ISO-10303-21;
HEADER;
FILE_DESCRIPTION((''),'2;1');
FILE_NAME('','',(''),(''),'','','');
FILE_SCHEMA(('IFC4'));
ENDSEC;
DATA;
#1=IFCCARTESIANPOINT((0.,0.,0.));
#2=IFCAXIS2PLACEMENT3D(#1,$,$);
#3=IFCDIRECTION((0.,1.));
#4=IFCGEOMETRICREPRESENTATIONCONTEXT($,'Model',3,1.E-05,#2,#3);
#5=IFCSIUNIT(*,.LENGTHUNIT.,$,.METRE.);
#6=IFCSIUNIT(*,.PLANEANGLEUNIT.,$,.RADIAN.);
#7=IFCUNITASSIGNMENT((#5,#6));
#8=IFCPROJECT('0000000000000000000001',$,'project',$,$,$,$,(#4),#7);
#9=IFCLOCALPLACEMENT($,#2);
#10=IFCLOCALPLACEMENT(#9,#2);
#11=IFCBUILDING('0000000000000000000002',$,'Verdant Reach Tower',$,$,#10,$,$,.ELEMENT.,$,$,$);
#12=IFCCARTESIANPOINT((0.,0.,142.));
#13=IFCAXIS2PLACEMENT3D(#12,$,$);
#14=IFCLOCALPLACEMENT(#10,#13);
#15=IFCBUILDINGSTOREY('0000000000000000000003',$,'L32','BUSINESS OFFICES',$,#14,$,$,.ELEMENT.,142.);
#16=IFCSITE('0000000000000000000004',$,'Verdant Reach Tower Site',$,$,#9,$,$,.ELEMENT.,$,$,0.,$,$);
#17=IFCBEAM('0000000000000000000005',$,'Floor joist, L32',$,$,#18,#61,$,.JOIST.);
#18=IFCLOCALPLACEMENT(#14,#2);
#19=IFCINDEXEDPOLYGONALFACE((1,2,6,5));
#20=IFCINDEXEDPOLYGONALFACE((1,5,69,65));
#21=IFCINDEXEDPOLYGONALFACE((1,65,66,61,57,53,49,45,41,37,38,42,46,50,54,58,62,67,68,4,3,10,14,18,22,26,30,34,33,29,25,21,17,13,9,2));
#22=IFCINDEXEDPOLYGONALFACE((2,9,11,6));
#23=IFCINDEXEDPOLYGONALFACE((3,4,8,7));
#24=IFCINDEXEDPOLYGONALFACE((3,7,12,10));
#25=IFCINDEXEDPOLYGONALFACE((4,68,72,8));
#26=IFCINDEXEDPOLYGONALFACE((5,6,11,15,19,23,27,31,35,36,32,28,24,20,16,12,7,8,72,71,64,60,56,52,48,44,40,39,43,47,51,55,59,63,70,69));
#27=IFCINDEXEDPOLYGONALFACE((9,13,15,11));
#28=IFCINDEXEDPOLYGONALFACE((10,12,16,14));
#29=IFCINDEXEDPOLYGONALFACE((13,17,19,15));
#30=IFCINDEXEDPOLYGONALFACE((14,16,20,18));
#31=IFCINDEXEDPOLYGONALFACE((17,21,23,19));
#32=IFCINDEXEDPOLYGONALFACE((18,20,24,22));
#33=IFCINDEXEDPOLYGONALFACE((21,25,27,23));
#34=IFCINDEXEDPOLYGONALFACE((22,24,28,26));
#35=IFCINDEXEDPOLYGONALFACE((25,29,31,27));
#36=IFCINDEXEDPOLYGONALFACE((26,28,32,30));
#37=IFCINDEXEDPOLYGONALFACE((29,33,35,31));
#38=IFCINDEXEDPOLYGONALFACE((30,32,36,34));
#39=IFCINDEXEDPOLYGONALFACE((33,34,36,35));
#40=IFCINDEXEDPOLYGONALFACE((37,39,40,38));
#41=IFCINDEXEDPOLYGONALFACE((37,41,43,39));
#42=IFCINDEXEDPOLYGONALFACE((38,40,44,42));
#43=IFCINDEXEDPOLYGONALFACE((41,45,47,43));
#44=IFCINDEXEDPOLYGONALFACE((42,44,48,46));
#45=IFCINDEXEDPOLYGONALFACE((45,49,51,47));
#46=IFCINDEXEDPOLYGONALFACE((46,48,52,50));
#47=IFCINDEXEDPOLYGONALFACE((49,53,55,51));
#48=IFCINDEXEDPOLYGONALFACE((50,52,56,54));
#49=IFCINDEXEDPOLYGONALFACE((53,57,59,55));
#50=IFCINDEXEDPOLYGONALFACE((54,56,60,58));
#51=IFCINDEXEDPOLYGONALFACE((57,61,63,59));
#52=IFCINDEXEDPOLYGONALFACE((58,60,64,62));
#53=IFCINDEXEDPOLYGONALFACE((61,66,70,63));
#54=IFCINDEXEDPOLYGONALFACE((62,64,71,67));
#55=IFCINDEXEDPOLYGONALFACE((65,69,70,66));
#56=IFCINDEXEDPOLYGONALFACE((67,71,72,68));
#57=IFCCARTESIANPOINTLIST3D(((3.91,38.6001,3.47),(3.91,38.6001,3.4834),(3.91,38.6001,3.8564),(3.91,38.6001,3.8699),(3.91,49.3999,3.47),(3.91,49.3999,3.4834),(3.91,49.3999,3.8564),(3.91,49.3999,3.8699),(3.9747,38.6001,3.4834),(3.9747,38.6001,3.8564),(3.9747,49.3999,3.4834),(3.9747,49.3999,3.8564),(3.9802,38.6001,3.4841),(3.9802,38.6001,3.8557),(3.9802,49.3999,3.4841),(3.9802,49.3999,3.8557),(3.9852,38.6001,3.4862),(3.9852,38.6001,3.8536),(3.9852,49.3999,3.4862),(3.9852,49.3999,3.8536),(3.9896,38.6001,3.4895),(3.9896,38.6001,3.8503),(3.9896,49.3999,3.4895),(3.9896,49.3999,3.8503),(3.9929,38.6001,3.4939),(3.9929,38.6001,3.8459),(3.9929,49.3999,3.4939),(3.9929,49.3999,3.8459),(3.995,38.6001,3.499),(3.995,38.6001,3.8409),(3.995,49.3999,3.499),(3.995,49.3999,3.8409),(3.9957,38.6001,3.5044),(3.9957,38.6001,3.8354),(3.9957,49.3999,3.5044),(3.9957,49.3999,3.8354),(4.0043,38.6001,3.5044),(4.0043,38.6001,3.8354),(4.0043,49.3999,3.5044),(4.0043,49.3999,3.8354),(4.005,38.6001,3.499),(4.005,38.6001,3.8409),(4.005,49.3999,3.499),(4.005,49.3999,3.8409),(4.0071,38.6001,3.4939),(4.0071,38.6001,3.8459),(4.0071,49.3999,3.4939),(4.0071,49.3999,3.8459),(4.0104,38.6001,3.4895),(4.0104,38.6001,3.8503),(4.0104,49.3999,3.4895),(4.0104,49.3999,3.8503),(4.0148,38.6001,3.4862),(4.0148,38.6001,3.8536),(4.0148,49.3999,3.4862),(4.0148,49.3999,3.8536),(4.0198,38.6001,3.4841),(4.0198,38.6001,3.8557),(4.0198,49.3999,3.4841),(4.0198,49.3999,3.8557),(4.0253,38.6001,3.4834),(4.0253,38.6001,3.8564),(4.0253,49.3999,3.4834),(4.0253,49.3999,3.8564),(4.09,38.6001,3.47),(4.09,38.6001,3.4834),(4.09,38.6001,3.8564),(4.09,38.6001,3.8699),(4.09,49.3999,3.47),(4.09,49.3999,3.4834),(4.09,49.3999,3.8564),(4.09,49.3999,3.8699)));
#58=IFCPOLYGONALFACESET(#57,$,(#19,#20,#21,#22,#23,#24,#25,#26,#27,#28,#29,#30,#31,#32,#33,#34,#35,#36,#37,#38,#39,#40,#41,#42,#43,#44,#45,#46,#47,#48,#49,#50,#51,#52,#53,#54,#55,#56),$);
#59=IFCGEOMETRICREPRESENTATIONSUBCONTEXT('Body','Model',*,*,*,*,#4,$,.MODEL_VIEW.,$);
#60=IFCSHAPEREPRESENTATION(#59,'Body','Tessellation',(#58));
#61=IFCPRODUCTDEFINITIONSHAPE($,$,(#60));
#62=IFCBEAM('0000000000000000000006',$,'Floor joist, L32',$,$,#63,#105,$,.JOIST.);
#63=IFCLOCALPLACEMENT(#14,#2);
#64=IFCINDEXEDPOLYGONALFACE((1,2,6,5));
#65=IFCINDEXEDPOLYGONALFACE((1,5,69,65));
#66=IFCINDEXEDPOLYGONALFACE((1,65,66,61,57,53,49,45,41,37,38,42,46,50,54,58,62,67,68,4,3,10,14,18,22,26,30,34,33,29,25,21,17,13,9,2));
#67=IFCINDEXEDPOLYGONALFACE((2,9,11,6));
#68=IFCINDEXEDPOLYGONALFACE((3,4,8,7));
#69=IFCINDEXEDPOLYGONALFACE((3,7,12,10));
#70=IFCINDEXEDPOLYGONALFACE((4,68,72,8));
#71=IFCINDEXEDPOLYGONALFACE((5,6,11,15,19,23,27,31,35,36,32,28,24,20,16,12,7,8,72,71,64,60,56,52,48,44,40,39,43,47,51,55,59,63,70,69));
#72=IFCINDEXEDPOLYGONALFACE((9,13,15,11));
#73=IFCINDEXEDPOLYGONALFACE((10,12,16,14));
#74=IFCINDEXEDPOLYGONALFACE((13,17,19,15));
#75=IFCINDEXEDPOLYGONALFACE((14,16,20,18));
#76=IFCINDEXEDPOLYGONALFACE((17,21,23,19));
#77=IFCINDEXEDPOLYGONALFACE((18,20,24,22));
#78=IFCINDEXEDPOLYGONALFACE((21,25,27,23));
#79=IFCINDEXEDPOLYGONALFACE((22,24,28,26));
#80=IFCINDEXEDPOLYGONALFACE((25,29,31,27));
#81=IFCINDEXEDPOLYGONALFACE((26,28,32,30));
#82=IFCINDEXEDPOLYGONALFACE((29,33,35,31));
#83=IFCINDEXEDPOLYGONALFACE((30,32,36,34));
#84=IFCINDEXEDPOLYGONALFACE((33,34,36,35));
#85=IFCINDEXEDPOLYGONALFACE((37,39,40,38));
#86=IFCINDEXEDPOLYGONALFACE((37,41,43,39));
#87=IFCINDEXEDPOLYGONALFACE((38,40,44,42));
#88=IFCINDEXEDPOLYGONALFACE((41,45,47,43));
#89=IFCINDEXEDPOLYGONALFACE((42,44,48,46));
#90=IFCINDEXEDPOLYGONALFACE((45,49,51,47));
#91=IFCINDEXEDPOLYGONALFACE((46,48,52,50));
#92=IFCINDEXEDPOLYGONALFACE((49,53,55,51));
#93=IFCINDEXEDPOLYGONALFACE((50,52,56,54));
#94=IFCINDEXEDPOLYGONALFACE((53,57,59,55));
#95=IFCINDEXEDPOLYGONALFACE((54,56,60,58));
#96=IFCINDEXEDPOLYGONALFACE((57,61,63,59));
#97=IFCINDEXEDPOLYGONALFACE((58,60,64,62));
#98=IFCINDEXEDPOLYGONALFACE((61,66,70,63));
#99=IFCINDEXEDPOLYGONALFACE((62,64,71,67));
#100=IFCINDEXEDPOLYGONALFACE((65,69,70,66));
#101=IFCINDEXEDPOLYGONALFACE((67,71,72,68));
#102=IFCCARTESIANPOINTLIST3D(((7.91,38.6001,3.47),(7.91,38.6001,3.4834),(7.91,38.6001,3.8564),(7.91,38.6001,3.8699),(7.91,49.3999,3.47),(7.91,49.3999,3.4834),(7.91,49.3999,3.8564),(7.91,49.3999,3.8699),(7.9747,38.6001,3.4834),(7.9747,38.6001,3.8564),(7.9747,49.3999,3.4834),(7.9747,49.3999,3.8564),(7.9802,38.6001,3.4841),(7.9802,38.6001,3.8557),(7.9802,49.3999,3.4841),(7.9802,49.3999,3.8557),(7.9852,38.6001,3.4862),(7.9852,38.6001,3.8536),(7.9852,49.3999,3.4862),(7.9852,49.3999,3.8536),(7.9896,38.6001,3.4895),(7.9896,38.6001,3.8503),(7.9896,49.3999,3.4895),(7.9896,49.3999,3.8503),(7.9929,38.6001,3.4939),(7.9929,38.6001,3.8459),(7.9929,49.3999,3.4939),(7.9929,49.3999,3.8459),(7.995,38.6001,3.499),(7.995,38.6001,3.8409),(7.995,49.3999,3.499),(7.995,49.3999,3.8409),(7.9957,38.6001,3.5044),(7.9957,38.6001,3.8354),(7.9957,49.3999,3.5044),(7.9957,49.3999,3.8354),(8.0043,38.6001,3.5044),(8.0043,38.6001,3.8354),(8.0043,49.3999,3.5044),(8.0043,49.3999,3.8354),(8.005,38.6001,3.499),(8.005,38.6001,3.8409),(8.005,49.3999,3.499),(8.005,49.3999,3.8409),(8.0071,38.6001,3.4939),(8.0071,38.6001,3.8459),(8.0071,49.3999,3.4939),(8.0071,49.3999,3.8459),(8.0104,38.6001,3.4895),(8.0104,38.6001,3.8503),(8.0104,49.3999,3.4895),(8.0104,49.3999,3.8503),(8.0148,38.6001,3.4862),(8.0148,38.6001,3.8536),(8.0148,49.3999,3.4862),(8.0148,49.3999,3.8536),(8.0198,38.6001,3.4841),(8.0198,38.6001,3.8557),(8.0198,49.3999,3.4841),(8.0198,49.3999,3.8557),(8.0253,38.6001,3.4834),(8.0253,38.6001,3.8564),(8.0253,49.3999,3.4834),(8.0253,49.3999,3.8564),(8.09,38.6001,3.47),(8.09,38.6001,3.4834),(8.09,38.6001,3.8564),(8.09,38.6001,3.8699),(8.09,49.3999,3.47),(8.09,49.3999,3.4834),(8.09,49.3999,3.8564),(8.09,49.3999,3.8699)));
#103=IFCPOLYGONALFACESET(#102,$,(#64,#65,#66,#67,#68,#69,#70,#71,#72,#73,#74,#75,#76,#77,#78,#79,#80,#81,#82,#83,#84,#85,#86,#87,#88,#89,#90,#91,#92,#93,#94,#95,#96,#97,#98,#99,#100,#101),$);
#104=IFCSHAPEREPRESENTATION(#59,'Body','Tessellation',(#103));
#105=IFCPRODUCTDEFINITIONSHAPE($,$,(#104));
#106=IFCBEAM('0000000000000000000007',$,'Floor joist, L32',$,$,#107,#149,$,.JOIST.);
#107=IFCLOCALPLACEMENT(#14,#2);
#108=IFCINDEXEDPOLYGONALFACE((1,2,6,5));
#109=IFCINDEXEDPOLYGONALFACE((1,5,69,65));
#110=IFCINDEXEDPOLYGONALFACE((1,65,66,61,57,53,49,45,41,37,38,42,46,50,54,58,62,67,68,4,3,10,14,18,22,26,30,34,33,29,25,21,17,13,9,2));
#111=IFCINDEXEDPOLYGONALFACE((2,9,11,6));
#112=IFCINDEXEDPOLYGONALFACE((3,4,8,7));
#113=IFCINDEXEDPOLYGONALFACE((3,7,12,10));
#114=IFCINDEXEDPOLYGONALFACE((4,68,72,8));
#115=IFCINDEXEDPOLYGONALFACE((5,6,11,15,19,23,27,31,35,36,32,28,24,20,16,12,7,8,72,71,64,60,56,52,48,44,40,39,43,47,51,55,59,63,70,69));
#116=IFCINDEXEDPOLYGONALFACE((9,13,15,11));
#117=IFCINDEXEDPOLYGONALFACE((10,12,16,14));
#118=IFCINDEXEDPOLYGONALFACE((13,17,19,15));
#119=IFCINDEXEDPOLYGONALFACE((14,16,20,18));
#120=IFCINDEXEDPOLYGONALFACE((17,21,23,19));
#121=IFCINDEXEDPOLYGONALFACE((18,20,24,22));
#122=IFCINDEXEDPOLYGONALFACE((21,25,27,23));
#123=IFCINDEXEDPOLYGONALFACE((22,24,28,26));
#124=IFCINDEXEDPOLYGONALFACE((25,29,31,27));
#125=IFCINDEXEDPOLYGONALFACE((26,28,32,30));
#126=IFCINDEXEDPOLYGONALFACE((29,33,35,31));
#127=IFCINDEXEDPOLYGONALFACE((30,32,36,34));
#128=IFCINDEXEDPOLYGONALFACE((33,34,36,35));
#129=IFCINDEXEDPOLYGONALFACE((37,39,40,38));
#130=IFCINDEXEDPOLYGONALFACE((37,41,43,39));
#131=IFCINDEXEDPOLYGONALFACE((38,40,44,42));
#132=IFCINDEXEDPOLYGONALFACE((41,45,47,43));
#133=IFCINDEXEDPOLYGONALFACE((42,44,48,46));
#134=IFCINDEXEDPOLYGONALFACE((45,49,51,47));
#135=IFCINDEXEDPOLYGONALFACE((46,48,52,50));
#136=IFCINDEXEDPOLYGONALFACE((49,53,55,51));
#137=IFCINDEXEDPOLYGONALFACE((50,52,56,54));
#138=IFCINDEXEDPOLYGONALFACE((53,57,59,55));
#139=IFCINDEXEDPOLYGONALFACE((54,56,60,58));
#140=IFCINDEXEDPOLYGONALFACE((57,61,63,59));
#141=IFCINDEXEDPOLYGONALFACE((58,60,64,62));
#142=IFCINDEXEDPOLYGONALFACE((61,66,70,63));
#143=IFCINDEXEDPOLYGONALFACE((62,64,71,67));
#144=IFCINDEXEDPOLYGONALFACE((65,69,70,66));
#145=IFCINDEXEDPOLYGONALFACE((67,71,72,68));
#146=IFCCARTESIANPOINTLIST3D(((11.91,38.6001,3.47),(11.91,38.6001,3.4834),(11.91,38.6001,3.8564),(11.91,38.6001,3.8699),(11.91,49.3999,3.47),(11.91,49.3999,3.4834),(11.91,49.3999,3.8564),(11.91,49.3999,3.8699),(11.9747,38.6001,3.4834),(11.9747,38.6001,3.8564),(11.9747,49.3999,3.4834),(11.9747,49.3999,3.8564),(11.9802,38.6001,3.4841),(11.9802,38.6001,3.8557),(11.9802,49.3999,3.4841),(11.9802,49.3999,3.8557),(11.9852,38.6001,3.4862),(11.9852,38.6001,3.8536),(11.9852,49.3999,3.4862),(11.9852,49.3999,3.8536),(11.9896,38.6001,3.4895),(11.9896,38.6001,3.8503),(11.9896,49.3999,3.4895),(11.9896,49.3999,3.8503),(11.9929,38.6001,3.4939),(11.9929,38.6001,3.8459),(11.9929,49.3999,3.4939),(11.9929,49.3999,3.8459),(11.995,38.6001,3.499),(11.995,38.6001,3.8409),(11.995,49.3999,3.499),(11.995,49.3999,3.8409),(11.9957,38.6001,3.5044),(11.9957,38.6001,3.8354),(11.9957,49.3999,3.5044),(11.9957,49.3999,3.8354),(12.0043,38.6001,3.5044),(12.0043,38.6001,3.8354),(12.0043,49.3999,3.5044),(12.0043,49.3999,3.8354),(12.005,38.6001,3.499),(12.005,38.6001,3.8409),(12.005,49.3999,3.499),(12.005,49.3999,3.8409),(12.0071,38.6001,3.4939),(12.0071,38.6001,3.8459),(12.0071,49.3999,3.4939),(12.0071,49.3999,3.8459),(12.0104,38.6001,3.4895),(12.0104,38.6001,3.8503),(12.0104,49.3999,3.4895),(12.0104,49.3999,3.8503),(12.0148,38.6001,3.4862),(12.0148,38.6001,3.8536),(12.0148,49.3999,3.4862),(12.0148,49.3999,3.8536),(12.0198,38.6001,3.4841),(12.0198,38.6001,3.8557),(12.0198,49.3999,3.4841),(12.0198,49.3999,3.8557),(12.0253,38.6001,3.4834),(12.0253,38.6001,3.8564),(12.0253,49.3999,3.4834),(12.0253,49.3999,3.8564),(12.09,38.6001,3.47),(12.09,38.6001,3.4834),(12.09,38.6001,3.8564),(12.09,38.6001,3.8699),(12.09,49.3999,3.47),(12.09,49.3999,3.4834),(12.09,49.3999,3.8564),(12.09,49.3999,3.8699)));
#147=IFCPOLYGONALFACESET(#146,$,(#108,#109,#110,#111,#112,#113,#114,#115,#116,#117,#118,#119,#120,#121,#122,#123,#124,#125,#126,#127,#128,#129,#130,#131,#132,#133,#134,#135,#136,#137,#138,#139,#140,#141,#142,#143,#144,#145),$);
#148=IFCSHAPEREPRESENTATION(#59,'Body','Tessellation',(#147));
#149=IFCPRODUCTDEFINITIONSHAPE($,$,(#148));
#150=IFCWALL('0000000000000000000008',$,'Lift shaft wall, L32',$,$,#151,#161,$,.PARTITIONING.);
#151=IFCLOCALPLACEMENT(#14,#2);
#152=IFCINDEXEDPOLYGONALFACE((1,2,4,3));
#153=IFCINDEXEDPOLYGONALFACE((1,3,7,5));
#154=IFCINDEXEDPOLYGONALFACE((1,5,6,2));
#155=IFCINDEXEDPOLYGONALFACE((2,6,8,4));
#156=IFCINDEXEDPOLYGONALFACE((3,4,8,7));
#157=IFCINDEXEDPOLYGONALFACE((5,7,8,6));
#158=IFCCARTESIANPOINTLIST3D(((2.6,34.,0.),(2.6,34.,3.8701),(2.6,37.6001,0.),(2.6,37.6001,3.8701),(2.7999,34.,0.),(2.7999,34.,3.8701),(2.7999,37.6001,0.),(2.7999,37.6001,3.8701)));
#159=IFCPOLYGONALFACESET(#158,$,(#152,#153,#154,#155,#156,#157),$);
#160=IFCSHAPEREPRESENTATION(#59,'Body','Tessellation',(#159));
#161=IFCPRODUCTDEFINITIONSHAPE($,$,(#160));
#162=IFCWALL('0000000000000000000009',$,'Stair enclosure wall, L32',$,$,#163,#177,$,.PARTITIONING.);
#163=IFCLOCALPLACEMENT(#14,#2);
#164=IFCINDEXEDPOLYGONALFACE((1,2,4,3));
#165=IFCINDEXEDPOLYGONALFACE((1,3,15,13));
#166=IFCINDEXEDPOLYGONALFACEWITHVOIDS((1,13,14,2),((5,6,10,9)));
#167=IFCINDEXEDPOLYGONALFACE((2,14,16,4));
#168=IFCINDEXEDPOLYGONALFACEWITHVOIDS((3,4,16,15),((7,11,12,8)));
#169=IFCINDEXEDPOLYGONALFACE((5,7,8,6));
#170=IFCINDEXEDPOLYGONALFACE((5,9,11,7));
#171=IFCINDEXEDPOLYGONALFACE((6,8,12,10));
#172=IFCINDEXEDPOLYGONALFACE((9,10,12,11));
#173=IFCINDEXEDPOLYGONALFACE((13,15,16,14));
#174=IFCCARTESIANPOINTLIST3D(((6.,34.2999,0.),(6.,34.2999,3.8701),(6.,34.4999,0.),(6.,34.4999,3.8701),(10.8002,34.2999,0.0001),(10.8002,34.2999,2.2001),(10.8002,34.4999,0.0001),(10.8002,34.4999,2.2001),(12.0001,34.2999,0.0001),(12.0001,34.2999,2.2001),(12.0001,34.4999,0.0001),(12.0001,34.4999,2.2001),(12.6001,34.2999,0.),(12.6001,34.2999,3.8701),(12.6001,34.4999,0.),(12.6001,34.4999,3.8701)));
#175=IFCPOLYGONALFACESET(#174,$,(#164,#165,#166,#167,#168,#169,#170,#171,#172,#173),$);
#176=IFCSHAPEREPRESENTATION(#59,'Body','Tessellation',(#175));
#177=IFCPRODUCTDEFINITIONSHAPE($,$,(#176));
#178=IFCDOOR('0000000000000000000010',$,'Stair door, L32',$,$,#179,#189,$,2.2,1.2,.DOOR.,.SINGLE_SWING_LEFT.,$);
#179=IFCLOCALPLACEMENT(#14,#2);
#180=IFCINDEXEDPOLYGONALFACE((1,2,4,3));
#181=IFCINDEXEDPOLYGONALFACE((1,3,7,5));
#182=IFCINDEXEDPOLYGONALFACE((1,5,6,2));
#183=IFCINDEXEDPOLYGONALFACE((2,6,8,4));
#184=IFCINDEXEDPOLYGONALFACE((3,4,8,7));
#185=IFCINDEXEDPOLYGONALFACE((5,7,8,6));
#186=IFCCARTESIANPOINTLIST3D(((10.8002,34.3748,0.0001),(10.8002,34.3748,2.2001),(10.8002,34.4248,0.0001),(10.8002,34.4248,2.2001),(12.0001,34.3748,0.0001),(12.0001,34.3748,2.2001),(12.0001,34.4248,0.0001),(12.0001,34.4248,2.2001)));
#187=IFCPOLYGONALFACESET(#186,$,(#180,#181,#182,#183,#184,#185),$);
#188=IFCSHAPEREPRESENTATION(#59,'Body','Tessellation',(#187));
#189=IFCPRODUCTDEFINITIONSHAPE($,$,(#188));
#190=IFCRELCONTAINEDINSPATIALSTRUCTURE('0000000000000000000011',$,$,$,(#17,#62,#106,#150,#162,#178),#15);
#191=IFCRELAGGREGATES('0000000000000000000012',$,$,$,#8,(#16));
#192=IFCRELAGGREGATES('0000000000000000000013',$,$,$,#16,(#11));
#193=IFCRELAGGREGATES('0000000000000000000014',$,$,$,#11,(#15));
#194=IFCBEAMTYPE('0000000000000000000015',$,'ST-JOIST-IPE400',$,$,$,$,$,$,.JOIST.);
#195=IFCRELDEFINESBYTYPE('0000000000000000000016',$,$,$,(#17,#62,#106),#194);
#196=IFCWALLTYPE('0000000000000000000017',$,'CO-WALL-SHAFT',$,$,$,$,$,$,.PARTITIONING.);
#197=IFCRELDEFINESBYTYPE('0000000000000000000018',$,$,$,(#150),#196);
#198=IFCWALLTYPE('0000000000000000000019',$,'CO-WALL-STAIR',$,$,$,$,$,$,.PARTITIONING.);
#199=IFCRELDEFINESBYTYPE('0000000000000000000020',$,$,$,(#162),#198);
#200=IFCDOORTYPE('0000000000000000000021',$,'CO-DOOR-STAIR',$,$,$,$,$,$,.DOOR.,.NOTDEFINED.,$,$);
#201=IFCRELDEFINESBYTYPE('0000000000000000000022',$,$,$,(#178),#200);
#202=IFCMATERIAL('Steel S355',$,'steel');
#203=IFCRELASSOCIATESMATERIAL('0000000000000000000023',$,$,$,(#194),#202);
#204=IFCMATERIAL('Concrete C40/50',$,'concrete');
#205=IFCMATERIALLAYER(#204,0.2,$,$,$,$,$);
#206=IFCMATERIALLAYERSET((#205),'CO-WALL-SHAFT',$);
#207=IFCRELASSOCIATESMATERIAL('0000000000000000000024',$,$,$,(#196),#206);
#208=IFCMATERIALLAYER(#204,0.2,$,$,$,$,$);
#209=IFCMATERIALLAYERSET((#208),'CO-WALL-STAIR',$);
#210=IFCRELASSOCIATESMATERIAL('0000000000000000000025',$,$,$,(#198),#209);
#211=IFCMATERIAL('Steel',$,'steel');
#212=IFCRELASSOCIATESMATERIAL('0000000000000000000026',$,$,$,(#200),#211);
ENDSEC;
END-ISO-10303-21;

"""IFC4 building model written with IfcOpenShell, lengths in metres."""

from ifc_helpers import new_model, si_unit, direction, frame, frame_2d, origin, origin_2d, place, context, subcontext, project, spatial, rectangle, i_section, extrude, material, layer, layer_set, material_profile, profile_set, type_object, element, fill, save


model = new_model("IFC4")

# Units and contexts
model_context = context("Model", 3, precision=1e-05, world=origin(), true_north=direction((0.0, 1.0)))
body_context = subcontext(model_context, "Body", "Model", "MODEL_VIEW")
ifc_project = project(units=[si_unit("LENGTHUNIT", "METRE"), si_unit("PLANEANGLEUNIT", "RADIAN")], contexts=[model_context])

# Site, building, storey
site_placement = place(None, origin())
site = spatial("IfcSite", under=ifc_project, at=site_placement, Name="Verdant Reach Tower Site", CompositionType="ELEMENT", RefElevation=0.0)
building_placement = place(site_placement, origin())
building = spatial("IfcBuilding", under=site, at=building_placement, Name="Verdant Reach Tower", CompositionType="ELEMENT")
storey_placement = place(building_placement, frame((0.0, 0.0, 142.0)))
storey = spatial("IfcBuildingStorey", under=building, at=storey_placement, Name="L32", Description="BUSINESS OFFICES", CompositionType="ELEMENT", Elevation=142.0)

# Beams
ifc_material_1 = material(Name="Steel S355", Category="steel")
ifc_material_profile = material_profile(ifc_material_1, i_section(OverallWidth=0.1799, OverallDepth=0.3999, WebThickness=0.0085, FlangeThickness=0.0134, FilletRadius=0.021, at=origin_2d()), Name="IPE 400")
ifc_profile_set = profile_set([ifc_material_profile], Name="Steel S355")
beam_type = type_object("IfcBeamType", Name="ST-JOIST-IPE400", PredefinedType="JOIST", material=ifc_profile_set)
for number, where, z_axis, x_axis, name in (
    (1, (4.0, 38.6001, 3.6699), (0.0, 1.0, 0.0), (-1.0, 0.0, 0.0), "Floor joist, L32"),
    (2, (8.0, 38.6001, 3.6699), (0.0, 1.0, 0.0), (-1.0, 0.0, 0.0), "Floor joist, L32"),
    (3, (12.0, 38.6001, 3.6699), (0.0, 1.0, 0.0), (-1.0, 0.0, 0.0), "Floor joist, L32"),
):
    element("IfcBeam", number, at=place(storey_placement, frame(where, z_axis=z_axis, x_axis=x_axis)), inside=storey, type_object=beam_type, Name=name, PredefinedType="JOIST", context=body_context, shape_type="SweptSolid", body=[
        extrude(i_section(OverallWidth=0.1799, OverallDepth=0.3999, WebThickness=0.0085, FlangeThickness=0.0134, FilletRadius=0.021, at=origin_2d()), origin(), (0.0, 0.0, 1.0), 10.7998),
    ])

# Wall
ifc_material_2 = material(Name="Concrete C40/50", Category="concrete")
ifc_layer_1 = layer(ifc_material_2, 0.2)
ifc_layer_set_1 = layer_set([ifc_layer_1], Name="CO-WALL-SHAFT")
wall_type_1 = type_object("IfcWallType", Name="CO-WALL-SHAFT", PredefinedType="PARTITIONING", material=ifc_layer_set_1)
wall_1_placement = place(storey_placement, frame((2.7, 34.0, 0.0), z_axis=(0.0, 0.0, 1.0), x_axis=(0.0, 1.0, 0.0)))
element("IfcWall", 4, at=wall_1_placement, inside=storey, type_object=wall_type_1, Name="Lift shaft wall, L32", PredefinedType="PARTITIONING", context=body_context, shape_type="SweptSolid", body=[
    extrude(rectangle(XDim=3.6001, YDim=0.2, at=frame_2d((1.8, 0.0))), origin(), (0.0, 0.0, 1.0), 3.8701),
])

# Wall, opening, door
ifc_layer_2 = layer(ifc_material_2, 0.2)
ifc_layer_set_2 = layer_set([ifc_layer_2], Name="CO-WALL-STAIR")
wall_type_2 = type_object("IfcWallType", Name="CO-WALL-STAIR", PredefinedType="PARTITIONING", material=ifc_layer_set_2)
wall_2_placement = place(storey_placement, frame((6.0, 34.3999, 0.0), z_axis=(0.0, 0.0, 1.0), x_axis=(1.0, 0.0, 0.0)))
wall_2 = element("IfcWall", 5, at=wall_2_placement, inside=storey, type_object=wall_type_2, Name="Stair enclosure wall, L32", PredefinedType="PARTITIONING", context=body_context, shape_type="SweptSolid", body=[
    extrude(rectangle(XDim=6.6001, YDim=0.2, at=frame_2d((3.3, 0.0))), origin(), (0.0, 0.0, 1.0), 3.8701),
])
opening_1_placement = place(wall_2_placement, frame((4.8, 0.0, 0.0)))
opening_1 = element("IfcOpeningElement", 6, at=opening_1_placement, cuts=wall_2, PredefinedType="OPENING", context=body_context, shape_type="SweptSolid", body=[
    extrude(rectangle(XDim=1.2, YDim=2.2, at=frame_2d((0.6001, 1.1001))), frame((0.0, 0.1099, 0.0), z_axis=(0.0, -1.0, 0.0), x_axis=(1.0, 0.0, 0.0)), (0.0, 0.0, 1.0), 0.22),
])
ifc_material_3 = material(Name="Steel", Category="steel")
door_type_1 = type_object("IfcDoorType", Name="CO-DOOR-STAIR", OperationType="NOTDEFINED", PredefinedType="DOOR", material=ifc_material_3)
door_1_placement = place(opening_1_placement, origin())
door_1 = element("IfcDoor", 7, at=door_1_placement, inside=storey, type_object=door_type_1, Name="Stair door, L32", OperationType="SINGLE_SWING_LEFT", OverallHeight=2.2, OverallWidth=1.2, PredefinedType="DOOR", context=body_context, shape_type="SweptSolid", body=[
    extrude(rectangle(XDim=1.2, YDim=2.2, at=frame_2d((0.6001, 1.1001))), frame((0.0, 0.0249, 0.0), z_axis=(0.0, -1.0, 0.0), x_axis=(1.0, 0.0, 0.0)), (0.0, 0.0, 1.0), 0.05),
])
fill(opening_1, door_1)

save(model, "model.ifc")
